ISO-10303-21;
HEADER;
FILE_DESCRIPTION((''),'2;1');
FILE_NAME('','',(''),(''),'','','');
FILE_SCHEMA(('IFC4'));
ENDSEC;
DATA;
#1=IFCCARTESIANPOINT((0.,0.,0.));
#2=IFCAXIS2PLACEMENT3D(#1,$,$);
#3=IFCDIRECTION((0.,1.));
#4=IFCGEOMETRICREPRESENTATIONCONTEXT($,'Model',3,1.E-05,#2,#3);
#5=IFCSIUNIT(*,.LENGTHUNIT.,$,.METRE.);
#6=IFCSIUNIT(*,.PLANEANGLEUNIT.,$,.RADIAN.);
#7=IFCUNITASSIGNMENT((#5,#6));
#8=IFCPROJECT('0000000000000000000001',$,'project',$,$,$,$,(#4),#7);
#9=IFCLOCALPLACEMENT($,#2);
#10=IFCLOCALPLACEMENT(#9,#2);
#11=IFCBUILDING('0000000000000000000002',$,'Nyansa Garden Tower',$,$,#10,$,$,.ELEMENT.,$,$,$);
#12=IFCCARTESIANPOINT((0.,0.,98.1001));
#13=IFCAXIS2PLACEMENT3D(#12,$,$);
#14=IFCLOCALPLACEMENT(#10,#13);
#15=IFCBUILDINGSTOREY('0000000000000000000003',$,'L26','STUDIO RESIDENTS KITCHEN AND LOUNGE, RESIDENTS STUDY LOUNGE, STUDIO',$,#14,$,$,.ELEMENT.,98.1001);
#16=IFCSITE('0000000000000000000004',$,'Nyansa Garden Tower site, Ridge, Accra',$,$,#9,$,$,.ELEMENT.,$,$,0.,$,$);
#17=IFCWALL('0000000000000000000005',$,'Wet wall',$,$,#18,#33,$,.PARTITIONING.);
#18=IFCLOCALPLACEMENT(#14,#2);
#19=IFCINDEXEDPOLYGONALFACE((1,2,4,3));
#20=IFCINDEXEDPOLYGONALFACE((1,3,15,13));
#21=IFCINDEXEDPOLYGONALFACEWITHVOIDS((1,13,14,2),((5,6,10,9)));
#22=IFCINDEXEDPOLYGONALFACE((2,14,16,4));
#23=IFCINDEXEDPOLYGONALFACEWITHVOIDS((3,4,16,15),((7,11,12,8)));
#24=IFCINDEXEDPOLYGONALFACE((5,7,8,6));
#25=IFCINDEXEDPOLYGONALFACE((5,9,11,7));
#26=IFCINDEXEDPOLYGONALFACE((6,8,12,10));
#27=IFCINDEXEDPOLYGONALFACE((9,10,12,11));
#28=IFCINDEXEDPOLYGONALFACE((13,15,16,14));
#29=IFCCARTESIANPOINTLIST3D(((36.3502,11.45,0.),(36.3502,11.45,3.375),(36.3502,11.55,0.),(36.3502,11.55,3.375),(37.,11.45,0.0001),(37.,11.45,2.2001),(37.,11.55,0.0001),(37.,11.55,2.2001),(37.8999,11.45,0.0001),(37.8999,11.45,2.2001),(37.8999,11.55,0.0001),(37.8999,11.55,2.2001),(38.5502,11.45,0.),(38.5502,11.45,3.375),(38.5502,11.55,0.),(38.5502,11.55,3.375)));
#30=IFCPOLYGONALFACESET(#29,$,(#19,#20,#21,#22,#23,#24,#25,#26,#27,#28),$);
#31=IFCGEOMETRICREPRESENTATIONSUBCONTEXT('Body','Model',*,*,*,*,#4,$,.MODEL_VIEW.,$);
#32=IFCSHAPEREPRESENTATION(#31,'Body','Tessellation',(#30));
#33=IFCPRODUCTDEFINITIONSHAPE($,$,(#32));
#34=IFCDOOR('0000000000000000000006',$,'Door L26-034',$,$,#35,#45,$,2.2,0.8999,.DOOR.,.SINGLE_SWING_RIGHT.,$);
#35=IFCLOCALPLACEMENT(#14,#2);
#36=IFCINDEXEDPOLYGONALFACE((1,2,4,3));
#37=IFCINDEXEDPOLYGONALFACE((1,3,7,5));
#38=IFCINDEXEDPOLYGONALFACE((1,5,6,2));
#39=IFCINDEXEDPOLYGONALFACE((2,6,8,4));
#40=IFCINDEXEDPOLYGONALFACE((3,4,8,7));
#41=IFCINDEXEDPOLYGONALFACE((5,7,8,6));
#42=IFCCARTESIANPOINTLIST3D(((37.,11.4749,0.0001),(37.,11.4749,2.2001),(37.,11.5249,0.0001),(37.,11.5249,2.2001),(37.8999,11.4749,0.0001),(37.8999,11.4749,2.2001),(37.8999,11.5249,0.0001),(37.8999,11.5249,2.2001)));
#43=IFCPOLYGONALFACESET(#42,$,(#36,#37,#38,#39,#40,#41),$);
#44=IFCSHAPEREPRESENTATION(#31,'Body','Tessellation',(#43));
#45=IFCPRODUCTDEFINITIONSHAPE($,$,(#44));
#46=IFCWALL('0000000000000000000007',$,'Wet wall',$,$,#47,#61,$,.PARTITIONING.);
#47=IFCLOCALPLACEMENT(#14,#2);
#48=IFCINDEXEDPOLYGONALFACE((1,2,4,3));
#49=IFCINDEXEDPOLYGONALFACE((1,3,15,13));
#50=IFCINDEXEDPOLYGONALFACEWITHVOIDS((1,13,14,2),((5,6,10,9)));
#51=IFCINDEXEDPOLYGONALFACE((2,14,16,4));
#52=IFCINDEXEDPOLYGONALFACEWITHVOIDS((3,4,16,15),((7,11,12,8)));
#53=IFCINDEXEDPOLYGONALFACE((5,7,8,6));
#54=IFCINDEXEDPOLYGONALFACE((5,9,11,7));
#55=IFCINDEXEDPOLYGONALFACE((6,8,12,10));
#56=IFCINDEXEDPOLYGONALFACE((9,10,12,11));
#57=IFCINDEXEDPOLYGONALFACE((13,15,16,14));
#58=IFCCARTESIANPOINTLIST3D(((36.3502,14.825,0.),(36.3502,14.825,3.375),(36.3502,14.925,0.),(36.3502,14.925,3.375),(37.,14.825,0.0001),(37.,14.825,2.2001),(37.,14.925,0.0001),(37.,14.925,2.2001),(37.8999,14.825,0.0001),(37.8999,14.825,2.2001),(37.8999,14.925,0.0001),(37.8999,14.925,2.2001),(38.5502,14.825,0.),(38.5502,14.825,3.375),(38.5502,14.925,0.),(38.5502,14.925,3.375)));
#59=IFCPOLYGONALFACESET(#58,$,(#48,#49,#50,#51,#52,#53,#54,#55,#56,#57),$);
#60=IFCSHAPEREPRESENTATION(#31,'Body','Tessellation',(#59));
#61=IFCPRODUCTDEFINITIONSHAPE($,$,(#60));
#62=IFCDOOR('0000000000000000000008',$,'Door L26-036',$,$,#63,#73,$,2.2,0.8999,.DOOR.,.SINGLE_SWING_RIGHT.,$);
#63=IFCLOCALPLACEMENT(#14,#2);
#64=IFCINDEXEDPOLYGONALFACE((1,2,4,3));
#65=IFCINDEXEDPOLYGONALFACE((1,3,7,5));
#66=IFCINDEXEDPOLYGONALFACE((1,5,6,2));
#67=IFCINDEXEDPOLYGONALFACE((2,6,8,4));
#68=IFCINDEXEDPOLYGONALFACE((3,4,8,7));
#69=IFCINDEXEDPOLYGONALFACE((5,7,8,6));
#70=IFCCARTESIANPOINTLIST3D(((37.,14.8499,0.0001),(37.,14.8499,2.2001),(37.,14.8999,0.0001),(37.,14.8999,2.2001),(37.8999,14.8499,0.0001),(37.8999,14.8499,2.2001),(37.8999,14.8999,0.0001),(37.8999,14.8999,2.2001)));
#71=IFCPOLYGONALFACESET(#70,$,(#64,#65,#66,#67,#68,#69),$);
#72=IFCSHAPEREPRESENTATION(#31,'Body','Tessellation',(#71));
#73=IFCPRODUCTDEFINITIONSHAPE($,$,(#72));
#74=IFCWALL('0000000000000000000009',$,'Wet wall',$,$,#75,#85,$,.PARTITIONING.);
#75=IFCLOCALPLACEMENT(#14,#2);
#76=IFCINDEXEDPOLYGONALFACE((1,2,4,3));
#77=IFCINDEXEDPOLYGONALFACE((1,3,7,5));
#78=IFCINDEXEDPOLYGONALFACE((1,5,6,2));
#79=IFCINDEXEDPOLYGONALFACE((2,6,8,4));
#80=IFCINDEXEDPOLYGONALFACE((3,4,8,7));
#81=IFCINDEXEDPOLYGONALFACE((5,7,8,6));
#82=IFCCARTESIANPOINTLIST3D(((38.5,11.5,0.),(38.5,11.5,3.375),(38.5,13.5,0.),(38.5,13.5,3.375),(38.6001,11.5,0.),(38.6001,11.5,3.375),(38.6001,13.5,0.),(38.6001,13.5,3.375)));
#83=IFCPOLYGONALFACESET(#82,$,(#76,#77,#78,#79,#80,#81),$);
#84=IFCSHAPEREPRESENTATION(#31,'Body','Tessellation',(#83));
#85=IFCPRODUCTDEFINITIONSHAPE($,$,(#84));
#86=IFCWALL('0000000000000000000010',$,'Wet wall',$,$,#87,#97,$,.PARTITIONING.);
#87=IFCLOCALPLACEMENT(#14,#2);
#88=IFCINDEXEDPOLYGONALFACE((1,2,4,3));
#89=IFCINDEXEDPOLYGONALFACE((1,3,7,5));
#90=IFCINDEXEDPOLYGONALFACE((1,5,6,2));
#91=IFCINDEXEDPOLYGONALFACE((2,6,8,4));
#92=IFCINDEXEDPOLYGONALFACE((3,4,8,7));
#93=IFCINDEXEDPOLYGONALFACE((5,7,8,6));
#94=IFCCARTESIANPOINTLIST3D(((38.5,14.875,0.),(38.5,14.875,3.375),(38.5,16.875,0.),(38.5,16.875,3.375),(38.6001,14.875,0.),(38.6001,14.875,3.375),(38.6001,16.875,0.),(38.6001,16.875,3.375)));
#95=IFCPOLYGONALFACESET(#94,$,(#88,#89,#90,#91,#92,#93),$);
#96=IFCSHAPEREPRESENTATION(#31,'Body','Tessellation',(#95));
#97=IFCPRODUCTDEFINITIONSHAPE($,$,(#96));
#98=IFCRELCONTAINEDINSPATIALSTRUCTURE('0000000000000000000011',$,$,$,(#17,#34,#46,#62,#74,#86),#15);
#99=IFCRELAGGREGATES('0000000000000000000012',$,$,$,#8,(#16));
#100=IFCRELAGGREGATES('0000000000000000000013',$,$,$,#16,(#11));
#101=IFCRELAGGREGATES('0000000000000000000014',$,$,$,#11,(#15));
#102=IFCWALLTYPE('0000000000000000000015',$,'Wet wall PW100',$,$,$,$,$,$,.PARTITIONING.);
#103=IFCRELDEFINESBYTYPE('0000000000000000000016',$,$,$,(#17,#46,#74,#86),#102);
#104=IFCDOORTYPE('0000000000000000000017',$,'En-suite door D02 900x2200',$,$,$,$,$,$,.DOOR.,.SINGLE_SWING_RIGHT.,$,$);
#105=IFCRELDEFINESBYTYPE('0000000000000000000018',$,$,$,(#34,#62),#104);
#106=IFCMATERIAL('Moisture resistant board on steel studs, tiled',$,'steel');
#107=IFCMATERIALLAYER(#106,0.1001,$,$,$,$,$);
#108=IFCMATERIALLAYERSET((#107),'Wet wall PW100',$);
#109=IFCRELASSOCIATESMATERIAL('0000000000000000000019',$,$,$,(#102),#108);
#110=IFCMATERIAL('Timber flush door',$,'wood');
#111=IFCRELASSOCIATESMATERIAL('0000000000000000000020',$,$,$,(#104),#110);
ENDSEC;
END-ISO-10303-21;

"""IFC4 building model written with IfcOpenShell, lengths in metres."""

from ifc_helpers import new_model, si_unit, direction, frame, frame_2d, origin, place, context, subcontext, project, spatial, rectangle, extrude, material, layer, layer_set, type_object, element, fill, save


model = new_model("IFC4")

# Units and contexts
model_context = context("Model", 3, precision=1e-05, world=origin(), true_north=direction((0.0, 1.0)))
body_context = subcontext(model_context, "Body", "Model", "MODEL_VIEW")
ifc_project = project(units=[si_unit("LENGTHUNIT", "METRE"), si_unit("PLANEANGLEUNIT", "RADIAN")], contexts=[model_context])

# Site, building, storey
site_placement = place(None, origin())
site = spatial("IfcSite", under=ifc_project, at=site_placement, Name="Nyansa Garden Tower site, Ridge, Accra", CompositionType="ELEMENT", RefElevation=0.0)
building_placement = place(site_placement, origin())
building = spatial("IfcBuilding", under=site, at=building_placement, Name="Nyansa Garden Tower", CompositionType="ELEMENT")
storey_placement = place(building_placement, frame((0.0, 0.0, 98.1001)))
storey = spatial("IfcBuildingStorey", under=building, at=storey_placement, Name="L26", Description="STUDIO RESIDENTS KITCHEN AND LOUNGE, RESIDENTS STUDY LOUNGE, STUDIO", CompositionType="ELEMENT", Elevation=98.1001)

# Walls, openings, doors
ifc_material_1 = material(Name="Moisture resistant board on steel studs, tiled", Category="steel")
ifc_layer_1 = layer(ifc_material_1, 0.1001)
ifc_layer_set_1 = layer_set([ifc_layer_1], Name="Wet wall PW100")
wall_type_1 = type_object("IfcWallType", Name="Wet wall PW100", PredefinedType="PARTITIONING", material=ifc_layer_set_1)
wall_1_placement = place(storey_placement, frame((36.3501, 11.5, 0.0), z_axis=(0.0, 0.0, 1.0), x_axis=(1.0, 0.0, 0.0)))
wall_1 = element("IfcWall", 1, at=wall_1_placement, inside=storey, type_object=wall_type_1, Name="Wet wall", PredefinedType="PARTITIONING", context=body_context, shape_type="SweptSolid", body=[
    extrude(rectangle(XDim=2.2, YDim=0.1001, at=frame_2d((1.1001, 0.0))), origin(), (0.0, 0.0, 1.0), 3.375),
])
opening_1_placement = place(wall_1_placement, frame((0.6499, 0.0, 0.0)))
opening_1 = element("IfcOpeningElement", 2, at=opening_1_placement, cuts=wall_1, PredefinedType="OPENING", context=body_context, shape_type="SweptSolid", body=[
    extrude(rectangle(XDim=0.8999, YDim=2.2, at=frame_2d((0.45, 1.1001))), frame((0.0, 0.0601, 0.0), z_axis=(0.0, -1.0, 0.0), x_axis=(1.0, 0.0, 0.0)), (0.0, 0.0, 1.0), 0.1201),
])
ifc_material_2 = material(Name="Timber flush door", Category="wood")
door_type_1 = type_object("IfcDoorType", Name="En-suite door D02 900x2200", OperationType="SINGLE_SWING_RIGHT", PredefinedType="DOOR", material=ifc_material_2)
door_1_placement = place(opening_1_placement, origin())
door_1 = element("IfcDoor", 3, at=door_1_placement, inside=storey, type_object=door_type_1, Name="Door L26-034", OperationType="SINGLE_SWING_RIGHT", OverallHeight=2.2, OverallWidth=0.8999, PredefinedType="DOOR", context=body_context, shape_type="SweptSolid", body=[
    extrude(rectangle(XDim=0.8999, YDim=2.2, at=frame_2d((0.45, 1.1001))), frame((0.0, 0.0249, 0.0), z_axis=(0.0, -1.0, 0.0), x_axis=(1.0, 0.0, 0.0)), (0.0, 0.0, 1.0), 0.05),
])
fill(opening_1, door_1)
wall_2_placement = place(storey_placement, frame((36.3501, 14.875, 0.0), z_axis=(0.0, 0.0, 1.0), x_axis=(1.0, 0.0, 0.0)))
wall_2 = element("IfcWall", 4, at=wall_2_placement, inside=storey, type_object=wall_type_1, Name="Wet wall", PredefinedType="PARTITIONING", context=body_context, shape_type="SweptSolid", body=[
    extrude(rectangle(XDim=2.2, YDim=0.1001, at=frame_2d((1.1001, 0.0))), origin(), (0.0, 0.0, 1.0), 3.375),
])
opening_2_placement = place(wall_2_placement, frame((0.6499, 0.0, 0.0)))
opening_2 = element("IfcOpeningElement", 5, at=opening_2_placement, cuts=wall_2, PredefinedType="OPENING", context=body_context, shape_type="SweptSolid", body=[
    extrude(rectangle(XDim=0.8999, YDim=2.2, at=frame_2d((0.45, 1.1001))), frame((0.0, 0.0601, 0.0), z_axis=(0.0, -1.0, 0.0), x_axis=(1.0, 0.0, 0.0)), (0.0, 0.0, 1.0), 0.1201),
])
door_2_placement = place(opening_2_placement, origin())
door_2 = element("IfcDoor", 6, at=door_2_placement, inside=storey, type_object=door_type_1, Name="Door L26-036", OperationType="SINGLE_SWING_RIGHT", OverallHeight=2.2, OverallWidth=0.8999, PredefinedType="DOOR", context=body_context, shape_type="SweptSolid", body=[
    extrude(rectangle(XDim=0.8999, YDim=2.2, at=frame_2d((0.45, 1.1001))), frame((0.0, 0.0249, 0.0), z_axis=(0.0, -1.0, 0.0), x_axis=(1.0, 0.0, 0.0)), (0.0, 0.0, 1.0), 0.05),
])
fill(opening_2, door_2)

# Walls
for number, where, z_axis, x_axis, name in (
    (7, (38.55, 11.5, 0.0), (0.0, 0.0, 1.0), (0.0, 1.0, 0.0), "Wet wall"),
    (8, (38.55, 14.875, 0.0), (0.0, 0.0, 1.0), (0.0, 1.0, 0.0), "Wet wall"),
):
    element("IfcWall", number, at=place(storey_placement, frame(where, z_axis=z_axis, x_axis=x_axis)), inside=storey, type_object=wall_type_1, Name=name, PredefinedType="PARTITIONING", context=body_context, shape_type="SweptSolid", body=[
        extrude(rectangle(XDim=2.0, YDim=0.1001, at=frame_2d((1.0, 0.0))), origin(), (0.0, 0.0, 1.0), 3.375),
    ])

save(model, "model.ifc")
